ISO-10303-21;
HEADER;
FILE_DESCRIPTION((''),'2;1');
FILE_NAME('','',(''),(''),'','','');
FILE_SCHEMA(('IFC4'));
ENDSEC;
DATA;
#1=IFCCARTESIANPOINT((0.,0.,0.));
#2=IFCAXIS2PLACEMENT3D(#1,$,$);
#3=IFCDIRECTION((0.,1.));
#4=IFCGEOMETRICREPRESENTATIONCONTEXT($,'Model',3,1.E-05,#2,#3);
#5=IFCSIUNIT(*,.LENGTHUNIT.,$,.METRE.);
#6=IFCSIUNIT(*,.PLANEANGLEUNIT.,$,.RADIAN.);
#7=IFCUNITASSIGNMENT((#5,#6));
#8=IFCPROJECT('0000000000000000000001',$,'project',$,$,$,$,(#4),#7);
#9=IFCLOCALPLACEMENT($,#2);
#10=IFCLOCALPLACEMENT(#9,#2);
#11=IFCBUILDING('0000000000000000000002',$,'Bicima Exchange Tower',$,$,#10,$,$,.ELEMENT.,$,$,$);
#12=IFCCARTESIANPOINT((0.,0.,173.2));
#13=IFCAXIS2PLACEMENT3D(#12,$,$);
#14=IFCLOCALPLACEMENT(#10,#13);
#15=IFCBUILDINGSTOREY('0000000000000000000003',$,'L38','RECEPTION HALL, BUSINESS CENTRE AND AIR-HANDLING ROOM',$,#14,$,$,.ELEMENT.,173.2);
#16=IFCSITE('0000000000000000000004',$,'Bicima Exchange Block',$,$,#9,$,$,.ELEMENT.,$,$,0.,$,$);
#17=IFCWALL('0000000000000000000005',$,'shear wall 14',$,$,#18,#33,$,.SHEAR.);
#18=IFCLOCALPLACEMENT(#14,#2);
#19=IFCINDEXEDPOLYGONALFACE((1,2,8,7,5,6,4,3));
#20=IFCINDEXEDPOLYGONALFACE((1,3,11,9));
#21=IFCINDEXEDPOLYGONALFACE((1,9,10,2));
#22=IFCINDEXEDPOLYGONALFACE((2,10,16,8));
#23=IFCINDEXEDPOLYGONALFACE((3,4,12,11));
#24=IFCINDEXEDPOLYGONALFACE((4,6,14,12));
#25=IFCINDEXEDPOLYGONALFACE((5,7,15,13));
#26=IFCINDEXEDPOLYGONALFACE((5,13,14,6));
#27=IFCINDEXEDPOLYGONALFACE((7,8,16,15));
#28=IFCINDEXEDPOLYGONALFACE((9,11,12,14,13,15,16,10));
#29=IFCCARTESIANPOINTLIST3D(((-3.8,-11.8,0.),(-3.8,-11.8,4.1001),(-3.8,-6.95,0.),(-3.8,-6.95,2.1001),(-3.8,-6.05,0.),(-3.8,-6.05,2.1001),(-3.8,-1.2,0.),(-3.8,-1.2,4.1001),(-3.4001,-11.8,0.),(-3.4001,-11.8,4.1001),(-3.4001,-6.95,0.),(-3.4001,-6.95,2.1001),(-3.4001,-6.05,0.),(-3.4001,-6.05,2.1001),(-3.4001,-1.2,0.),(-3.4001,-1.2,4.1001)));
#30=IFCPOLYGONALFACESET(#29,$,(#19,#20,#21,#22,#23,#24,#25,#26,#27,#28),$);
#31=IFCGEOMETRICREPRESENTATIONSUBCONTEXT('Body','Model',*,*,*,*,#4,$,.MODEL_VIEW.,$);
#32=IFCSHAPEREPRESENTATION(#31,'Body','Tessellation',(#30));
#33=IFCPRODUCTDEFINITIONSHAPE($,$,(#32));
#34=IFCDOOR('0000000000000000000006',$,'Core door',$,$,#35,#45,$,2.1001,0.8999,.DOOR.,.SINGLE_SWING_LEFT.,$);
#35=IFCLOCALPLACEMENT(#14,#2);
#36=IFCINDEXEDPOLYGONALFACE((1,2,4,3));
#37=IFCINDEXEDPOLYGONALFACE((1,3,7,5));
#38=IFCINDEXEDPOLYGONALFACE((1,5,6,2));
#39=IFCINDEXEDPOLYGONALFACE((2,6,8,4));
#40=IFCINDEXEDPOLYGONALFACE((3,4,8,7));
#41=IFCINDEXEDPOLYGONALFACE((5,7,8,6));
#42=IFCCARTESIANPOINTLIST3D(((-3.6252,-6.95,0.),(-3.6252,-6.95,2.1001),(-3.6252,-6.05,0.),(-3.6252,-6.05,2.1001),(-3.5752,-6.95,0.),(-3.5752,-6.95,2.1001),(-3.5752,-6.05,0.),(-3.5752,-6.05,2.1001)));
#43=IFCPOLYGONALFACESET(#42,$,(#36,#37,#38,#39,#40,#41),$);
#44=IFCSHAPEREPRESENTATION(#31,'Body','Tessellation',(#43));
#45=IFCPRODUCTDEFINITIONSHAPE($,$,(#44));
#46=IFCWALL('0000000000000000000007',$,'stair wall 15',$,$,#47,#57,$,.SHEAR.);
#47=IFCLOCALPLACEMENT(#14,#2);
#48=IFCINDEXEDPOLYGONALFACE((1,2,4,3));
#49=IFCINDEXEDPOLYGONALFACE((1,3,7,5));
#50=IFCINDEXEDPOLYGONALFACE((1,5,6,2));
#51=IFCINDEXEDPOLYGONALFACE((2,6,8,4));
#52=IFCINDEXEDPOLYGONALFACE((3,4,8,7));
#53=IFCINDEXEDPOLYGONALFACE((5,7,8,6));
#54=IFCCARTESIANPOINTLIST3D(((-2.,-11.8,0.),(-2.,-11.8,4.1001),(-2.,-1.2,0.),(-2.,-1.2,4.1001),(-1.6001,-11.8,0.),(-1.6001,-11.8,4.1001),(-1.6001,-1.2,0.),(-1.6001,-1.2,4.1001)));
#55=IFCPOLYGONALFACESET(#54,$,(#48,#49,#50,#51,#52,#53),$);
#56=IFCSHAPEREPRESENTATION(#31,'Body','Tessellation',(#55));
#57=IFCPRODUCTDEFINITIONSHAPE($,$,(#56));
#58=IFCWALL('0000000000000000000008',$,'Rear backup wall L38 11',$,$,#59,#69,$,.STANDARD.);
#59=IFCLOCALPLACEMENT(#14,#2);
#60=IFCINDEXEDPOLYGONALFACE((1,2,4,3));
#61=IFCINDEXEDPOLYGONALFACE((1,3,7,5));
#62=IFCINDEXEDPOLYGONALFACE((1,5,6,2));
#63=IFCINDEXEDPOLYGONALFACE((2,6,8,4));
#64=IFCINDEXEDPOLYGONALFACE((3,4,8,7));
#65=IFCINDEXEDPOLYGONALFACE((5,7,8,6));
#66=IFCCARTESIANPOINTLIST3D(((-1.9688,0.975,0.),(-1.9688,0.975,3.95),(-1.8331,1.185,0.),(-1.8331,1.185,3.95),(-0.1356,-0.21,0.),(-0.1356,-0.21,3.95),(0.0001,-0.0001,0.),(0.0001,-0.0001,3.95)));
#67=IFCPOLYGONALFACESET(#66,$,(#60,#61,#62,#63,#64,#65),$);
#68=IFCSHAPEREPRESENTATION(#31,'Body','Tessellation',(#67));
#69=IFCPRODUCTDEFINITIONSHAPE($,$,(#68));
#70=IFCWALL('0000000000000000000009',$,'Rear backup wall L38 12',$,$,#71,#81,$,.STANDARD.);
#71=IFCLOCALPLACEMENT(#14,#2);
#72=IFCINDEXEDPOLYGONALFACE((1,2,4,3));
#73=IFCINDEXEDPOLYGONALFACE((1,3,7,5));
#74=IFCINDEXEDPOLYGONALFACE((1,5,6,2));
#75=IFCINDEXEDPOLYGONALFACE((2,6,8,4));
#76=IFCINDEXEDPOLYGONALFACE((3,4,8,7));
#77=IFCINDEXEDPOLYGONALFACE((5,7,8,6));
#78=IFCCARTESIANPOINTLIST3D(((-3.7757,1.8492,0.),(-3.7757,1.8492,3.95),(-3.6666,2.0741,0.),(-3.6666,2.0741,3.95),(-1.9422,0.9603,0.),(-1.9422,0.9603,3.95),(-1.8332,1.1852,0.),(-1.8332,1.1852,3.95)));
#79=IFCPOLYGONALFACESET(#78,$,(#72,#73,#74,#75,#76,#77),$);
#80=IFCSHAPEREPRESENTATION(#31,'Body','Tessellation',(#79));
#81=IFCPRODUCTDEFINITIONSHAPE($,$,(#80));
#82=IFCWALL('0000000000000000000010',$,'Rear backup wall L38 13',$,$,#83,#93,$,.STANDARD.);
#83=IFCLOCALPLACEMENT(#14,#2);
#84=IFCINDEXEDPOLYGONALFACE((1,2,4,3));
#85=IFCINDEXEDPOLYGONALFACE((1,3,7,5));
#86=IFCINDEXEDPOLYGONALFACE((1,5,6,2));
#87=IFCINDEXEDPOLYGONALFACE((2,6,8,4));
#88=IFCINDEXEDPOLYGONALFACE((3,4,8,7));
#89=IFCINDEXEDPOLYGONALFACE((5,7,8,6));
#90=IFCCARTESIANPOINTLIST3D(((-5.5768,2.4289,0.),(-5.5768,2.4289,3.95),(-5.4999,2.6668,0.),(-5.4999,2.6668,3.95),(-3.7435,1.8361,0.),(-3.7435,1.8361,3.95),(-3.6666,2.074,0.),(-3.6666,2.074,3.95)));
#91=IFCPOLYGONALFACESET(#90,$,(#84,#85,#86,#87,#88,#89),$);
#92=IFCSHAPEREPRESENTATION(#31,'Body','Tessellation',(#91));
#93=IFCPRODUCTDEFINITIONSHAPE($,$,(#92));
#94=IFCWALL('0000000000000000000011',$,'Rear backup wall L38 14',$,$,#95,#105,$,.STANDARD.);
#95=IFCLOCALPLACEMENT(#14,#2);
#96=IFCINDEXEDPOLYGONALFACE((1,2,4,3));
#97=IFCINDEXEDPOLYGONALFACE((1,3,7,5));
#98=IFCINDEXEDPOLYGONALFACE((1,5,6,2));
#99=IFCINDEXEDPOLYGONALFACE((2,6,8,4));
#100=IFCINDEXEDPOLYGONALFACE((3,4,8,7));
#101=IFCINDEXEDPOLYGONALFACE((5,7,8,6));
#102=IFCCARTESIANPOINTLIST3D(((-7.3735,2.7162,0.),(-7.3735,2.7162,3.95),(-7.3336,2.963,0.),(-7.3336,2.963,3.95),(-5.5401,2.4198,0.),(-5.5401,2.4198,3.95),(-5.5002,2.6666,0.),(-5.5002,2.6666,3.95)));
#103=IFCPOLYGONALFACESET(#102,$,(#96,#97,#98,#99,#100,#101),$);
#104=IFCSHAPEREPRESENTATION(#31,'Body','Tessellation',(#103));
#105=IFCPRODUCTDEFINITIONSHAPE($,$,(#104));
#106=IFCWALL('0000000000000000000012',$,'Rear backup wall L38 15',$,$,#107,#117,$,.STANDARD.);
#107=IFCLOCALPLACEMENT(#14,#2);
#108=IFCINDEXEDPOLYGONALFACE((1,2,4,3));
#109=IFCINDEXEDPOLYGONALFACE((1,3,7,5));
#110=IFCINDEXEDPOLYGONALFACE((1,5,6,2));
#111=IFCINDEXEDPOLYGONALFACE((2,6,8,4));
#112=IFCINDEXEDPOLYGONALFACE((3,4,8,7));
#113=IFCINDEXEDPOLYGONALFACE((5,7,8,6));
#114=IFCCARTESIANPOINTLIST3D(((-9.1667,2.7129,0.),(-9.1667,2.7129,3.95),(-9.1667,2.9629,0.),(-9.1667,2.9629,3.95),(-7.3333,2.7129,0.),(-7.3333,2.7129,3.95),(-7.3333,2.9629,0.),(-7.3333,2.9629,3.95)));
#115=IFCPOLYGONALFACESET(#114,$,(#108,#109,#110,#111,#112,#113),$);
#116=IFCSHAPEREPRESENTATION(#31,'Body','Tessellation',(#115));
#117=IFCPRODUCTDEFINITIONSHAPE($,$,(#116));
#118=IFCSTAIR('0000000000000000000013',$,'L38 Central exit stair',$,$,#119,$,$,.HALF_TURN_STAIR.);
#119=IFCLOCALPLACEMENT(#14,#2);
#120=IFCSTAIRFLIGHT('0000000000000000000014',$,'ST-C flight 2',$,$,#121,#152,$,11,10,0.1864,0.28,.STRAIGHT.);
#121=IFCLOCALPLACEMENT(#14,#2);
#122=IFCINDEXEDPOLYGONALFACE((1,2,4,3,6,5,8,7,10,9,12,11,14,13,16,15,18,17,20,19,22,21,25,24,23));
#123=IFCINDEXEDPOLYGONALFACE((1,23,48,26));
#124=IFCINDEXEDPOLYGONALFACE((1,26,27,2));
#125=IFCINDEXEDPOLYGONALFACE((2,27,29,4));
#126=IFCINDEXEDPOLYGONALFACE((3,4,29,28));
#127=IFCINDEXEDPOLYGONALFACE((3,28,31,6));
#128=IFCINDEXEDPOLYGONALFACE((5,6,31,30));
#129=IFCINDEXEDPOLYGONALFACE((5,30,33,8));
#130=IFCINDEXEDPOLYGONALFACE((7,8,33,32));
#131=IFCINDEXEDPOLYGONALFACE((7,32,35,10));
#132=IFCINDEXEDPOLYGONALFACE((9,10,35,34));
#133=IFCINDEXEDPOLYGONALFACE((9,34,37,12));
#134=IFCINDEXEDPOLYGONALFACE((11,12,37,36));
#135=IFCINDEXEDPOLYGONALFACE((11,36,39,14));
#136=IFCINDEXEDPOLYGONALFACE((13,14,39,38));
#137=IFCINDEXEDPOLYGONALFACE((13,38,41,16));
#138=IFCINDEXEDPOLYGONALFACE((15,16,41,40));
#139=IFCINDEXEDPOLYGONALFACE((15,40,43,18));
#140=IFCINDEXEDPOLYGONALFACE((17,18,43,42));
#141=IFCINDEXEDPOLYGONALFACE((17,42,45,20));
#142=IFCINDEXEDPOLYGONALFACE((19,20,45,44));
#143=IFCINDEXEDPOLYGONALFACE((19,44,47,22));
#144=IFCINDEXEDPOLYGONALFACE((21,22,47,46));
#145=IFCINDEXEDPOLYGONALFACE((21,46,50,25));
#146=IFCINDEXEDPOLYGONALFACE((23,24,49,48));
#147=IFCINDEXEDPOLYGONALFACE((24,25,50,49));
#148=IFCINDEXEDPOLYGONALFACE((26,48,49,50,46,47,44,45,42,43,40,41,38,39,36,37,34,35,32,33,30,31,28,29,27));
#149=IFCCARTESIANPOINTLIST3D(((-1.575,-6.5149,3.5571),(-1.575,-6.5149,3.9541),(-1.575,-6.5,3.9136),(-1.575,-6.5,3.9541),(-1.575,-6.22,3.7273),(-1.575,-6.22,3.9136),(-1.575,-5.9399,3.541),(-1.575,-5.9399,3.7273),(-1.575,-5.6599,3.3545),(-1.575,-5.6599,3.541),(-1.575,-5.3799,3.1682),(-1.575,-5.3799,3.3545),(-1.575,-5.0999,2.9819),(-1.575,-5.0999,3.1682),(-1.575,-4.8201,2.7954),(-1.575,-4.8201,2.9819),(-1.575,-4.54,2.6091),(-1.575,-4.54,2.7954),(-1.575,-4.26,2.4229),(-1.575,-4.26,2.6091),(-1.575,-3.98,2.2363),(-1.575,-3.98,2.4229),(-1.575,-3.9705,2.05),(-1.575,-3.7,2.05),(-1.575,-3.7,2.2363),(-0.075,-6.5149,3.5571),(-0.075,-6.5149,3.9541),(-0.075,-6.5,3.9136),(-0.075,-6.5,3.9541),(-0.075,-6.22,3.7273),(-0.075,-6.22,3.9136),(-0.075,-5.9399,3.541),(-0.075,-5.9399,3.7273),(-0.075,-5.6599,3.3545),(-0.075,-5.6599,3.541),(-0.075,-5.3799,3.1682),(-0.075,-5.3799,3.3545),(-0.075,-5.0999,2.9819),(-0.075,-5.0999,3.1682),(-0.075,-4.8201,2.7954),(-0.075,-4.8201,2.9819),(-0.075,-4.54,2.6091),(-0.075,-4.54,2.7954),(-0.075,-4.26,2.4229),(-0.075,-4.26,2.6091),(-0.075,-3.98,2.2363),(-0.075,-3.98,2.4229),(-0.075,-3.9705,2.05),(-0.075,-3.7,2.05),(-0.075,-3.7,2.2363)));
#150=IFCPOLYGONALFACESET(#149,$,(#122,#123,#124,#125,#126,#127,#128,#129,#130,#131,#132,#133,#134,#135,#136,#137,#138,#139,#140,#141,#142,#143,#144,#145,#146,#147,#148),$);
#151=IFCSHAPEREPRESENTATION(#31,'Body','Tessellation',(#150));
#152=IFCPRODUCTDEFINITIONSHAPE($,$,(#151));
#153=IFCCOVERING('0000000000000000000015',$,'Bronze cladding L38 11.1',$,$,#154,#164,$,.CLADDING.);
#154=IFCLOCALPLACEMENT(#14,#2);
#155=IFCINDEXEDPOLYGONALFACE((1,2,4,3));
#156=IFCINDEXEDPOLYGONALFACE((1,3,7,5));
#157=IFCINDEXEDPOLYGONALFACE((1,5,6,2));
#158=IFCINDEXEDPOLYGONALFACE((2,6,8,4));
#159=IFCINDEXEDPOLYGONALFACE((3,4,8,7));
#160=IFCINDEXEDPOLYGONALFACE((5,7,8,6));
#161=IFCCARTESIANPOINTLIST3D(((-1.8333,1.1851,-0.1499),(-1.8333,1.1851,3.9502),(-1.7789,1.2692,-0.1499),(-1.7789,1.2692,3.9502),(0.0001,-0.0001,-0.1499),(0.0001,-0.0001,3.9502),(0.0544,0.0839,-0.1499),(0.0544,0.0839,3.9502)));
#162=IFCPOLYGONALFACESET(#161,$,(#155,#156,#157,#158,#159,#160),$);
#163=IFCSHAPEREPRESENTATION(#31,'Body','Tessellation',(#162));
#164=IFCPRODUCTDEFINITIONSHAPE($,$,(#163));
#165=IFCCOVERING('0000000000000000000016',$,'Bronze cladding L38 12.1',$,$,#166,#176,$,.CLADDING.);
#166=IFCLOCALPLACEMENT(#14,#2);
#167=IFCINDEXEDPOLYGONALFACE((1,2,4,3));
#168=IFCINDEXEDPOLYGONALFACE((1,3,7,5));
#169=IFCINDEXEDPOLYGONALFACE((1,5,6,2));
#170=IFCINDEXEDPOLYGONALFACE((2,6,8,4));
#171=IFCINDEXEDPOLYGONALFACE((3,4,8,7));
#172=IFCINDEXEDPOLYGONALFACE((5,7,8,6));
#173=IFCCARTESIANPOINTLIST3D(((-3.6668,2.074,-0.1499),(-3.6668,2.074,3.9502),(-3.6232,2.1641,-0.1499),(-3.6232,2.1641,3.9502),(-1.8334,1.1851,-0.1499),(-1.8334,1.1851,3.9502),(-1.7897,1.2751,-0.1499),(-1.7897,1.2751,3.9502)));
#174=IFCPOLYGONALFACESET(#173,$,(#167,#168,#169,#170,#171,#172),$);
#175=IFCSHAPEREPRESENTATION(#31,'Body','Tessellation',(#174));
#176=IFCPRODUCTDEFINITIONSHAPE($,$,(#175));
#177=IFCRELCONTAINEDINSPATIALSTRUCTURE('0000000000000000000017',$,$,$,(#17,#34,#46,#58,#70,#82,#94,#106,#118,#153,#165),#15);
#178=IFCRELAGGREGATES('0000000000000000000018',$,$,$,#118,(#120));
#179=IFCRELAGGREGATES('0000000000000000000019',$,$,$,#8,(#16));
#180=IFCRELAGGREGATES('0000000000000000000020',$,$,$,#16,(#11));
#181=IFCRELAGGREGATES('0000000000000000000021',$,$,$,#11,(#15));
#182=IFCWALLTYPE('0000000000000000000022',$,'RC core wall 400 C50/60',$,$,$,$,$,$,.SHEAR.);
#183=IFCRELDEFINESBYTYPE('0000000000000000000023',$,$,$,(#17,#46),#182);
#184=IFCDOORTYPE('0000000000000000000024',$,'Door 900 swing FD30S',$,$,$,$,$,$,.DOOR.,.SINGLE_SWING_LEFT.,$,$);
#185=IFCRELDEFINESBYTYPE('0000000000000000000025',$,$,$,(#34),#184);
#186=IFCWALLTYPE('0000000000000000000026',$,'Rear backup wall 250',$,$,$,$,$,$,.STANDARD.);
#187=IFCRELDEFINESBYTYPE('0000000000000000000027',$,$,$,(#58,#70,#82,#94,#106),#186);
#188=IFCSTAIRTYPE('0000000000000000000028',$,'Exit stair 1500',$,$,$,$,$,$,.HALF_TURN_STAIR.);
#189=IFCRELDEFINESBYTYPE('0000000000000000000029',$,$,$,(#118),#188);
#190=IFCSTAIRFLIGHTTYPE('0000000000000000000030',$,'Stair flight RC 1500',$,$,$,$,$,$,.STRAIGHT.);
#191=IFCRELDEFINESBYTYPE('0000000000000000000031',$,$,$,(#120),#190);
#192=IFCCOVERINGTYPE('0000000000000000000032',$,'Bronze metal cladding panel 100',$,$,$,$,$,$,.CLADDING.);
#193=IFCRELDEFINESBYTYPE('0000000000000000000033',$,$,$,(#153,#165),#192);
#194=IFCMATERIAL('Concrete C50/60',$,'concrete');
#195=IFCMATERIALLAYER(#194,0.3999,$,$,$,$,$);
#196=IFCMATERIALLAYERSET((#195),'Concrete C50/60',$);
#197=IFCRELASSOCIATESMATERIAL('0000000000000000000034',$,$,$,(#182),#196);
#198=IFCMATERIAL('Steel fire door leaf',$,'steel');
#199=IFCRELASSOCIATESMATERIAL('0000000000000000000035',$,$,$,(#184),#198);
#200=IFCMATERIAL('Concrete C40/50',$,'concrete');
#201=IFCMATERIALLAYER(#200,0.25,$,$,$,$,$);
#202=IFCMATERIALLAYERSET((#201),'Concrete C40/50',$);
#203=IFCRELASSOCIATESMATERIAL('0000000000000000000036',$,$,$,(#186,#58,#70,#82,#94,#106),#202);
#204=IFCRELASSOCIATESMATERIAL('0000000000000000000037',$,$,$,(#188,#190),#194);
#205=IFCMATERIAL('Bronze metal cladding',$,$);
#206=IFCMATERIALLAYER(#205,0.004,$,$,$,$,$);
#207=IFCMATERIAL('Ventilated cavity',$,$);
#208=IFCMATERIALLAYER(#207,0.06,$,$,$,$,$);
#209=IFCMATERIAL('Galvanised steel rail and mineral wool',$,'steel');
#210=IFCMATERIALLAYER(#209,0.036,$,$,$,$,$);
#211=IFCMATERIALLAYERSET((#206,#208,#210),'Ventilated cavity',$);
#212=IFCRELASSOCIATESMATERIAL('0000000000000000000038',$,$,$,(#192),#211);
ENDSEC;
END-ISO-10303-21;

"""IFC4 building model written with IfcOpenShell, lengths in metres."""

from ifc_helpers import new_model, si_unit, direction, frame, frame_2d, origin, origin_2d, place, context, subcontext, project, spatial, polyline, rectangle, outline, extrude, material, layer, layer_set, layer_usage, type_object, element, fill, aggregate, save


model = new_model("IFC4")

# Units and contexts
model_context = context("Model", 3, precision=1e-05, world=origin(), true_north=direction((0.0, 1.0)))
body_context = subcontext(model_context, "Body", "Model", "MODEL_VIEW")
ifc_project = project(units=[si_unit("LENGTHUNIT", "METRE"), si_unit("PLANEANGLEUNIT", "RADIAN")], contexts=[model_context])

# Site, building, storey
site_placement = place(None, origin())
site = spatial("IfcSite", under=ifc_project, at=site_placement, Name="Bicima Exchange Block", CompositionType="ELEMENT", RefElevation=0.0)
building_placement = place(site_placement, origin())
building = spatial("IfcBuilding", under=site, at=building_placement, Name="Bicima Exchange Tower", CompositionType="ELEMENT")
storey_placement = place(building_placement, frame((0.0, 0.0, 173.2)))
storey = spatial("IfcBuildingStorey", under=building, at=storey_placement, Name="L38", Description="RECEPTION HALL, BUSINESS CENTRE AND AIR-HANDLING ROOM", CompositionType="ELEMENT", Elevation=173.2)

# Shared definitions
ifc_material_1 = material(Name="Concrete C40/50", Category="concrete")

# Shared definitions
ifc_material_2 = material(Name="Concrete C50/60", Category="concrete")
ifc_layer_1 = layer(ifc_material_2, 0.3999)
ifc_layer_set_1 = layer_set([ifc_layer_1], Name="Concrete C50/60")
wall_type_1 = type_object("IfcWallType", Name="RC core wall 400 C50/60", PredefinedType="SHEAR", material=ifc_layer_set_1)
ifc_material_3 = material(Name="Steel fire door leaf", Category="steel")

# Wall, opening, door
wall_1_placement = place(storey_placement, frame((-3.6001, -11.8, 0.0), z_axis=(0.0, 0.0, 1.0), x_axis=(0.0, 1.0, 0.0)))
wall_1 = element("IfcWall", 1, at=wall_1_placement, inside=storey, type_object=wall_type_1, Name="shear wall 14", PredefinedType="SHEAR", context=body_context, shape_type="SweptSolid", body=[
    extrude(rectangle(XDim=10.6001, YDim=0.3999, at=frame_2d((5.3, 0.0))), origin(), (0.0, 0.0, 1.0), 4.1001),
])
opening_1_placement = place(wall_1_placement, frame((4.8501, 0.0, 0.0)))
opening_1 = element("IfcOpeningElement", 2, at=opening_1_placement, cuts=wall_1, PredefinedType="OPENING", context=body_context, shape_type="SweptSolid", body=[
    extrude(rectangle(XDim=0.8999, YDim=2.1001, at=frame_2d((0.45, 1.05))), frame((0.0, 0.2119, 0.0), z_axis=(0.0, -1.0, 0.0), x_axis=(1.0, 0.0, 0.0)), (0.0, 0.0, 1.0), 0.4238),
])
door_type_1 = type_object("IfcDoorType", Name="Door 900 swing FD30S", OperationType="SINGLE_SWING_LEFT", PredefinedType="DOOR", material=ifc_material_3)
door_1_placement = place(opening_1_placement, frame((0.8999, 0.0, 0.0), z_axis=(0.0, 0.0, 1.0), x_axis=(-1.0, 0.0, 0.0)))
door_1 = element("IfcDoor", 3, at=door_1_placement, inside=storey, type_object=door_type_1, Name="Core door", OperationType="SINGLE_SWING_LEFT", OverallHeight=2.1001, OverallWidth=0.8999, PredefinedType="DOOR", context=body_context, shape_type="SweptSolid", body=[
    extrude(rectangle(XDim=0.8999, YDim=2.1001, at=frame_2d((0.45, 1.05))), frame((0.0, 0.0249, 0.0), z_axis=(0.0, -1.0, 0.0), x_axis=(1.0, 0.0, 0.0)), (0.0, 0.0, 1.0), 0.05),
])
fill(opening_1, door_1)

# Walls
wall_2_placement = place(storey_placement, frame((-1.8, -11.8, 0.0), z_axis=(0.0, 0.0, 1.0), x_axis=(0.0, 1.0, 0.0)))
element("IfcWall", 4, at=wall_2_placement, inside=storey, type_object=wall_type_1, Name="stair wall 15", PredefinedType="SHEAR", context=body_context, shape_type="SweptSolid", body=[
    extrude(rectangle(XDim=10.6001, YDim=0.3999, at=frame_2d((5.3, 0.0))), origin(), (0.0, 0.0, 1.0), 4.1001),
])
ifc_layer_2 = layer(ifc_material_1, 0.25)
ifc_layer_set_2 = layer_set([ifc_layer_2], Name="Concrete C40/50")
ifc_layer_usage = layer_usage(ifc_layer_set_2, "AXIS2", "POSITIVE", -0.125)
wall_type_2 = type_object("IfcWallType", Name="Rear backup wall 250", PredefinedType="STANDARD", material=ifc_layer_set_2)
wall_3_placement = place(storey_placement, frame((-0.0679, -0.105, 0.0), z_axis=(0.0, 0.0, 1.0), x_axis=(-0.839813, 0.542876, 0.0)))
element("IfcWall", 5, at=wall_3_placement, inside=storey, type_object=wall_type_2, material=ifc_layer_usage, Name="Rear backup wall L38 11", PredefinedType="STANDARD", context=body_context, shape_type="SweptSolid", body=[
    extrude(rectangle(XDim=2.1829, YDim=0.25, at=frame_2d((1.0913, 0.0))), origin(), (0.0, 0.0, 1.0), 3.95),
])
wall_4_placement = place(storey_placement, frame((-1.8877, 1.0728, 0.0), z_axis=(0.0, 0.0, 1.0), x_axis=(-0.899824, 0.436253, 0.0)))
element("IfcWall", 6, at=wall_4_placement, inside=storey, type_object=wall_type_2, material=ifc_layer_usage, Name="Rear backup wall L38 12", PredefinedType="STANDARD", context=body_context, shape_type="SweptSolid", body=[
    extrude(rectangle(XDim=2.0376, YDim=0.25, at=frame_2d((1.0188, 0.0))), origin(), (0.0, 0.0, 1.0), 3.95),
])
wall_5_placement = place(storey_placement, frame((-3.7051, 1.9551, 0.0), z_axis=(0.0, 0.0, 1.0), x_axis=(-0.951496, 0.307662, 0.0)))
element("IfcWall", 7, at=wall_5_placement, inside=storey, type_object=wall_type_2, material=ifc_layer_usage, Name="Rear backup wall L38 13", PredefinedType="STANDARD", context=body_context, shape_type="SweptSolid", body=[
    extrude(rectangle(XDim=1.9268, YDim=0.25, at=frame_2d((0.9634, 0.0))), origin(), (0.0, 0.0, 1.0), 3.95),
])
wall_6_placement = place(storey_placement, frame((-5.52, 2.5432, 0.0), z_axis=(0.0, 0.0, 1.0), x_axis=(-0.987182, 0.1596, 0.0)))
element("IfcWall", 8, at=wall_6_placement, inside=storey, type_object=wall_type_2, material=ifc_layer_usage, Name="Rear backup wall L38 14", PredefinedType="STANDARD", context=body_context, shape_type="SweptSolid", body=[
    extrude(rectangle(XDim=1.8572, YDim=0.25, at=frame_2d((0.9287, 0.0))), origin(), (0.0, 0.0, 1.0), 3.95),
])
wall_7_placement = place(storey_placement, frame((-7.3333, 2.8379, 0.0), z_axis=(0.0, 0.0, 1.0), x_axis=(-1.0, 0.0, 0.0)))
element("IfcWall", 9, at=wall_7_placement, inside=storey, type_object=wall_type_2, material=ifc_layer_usage, Name="Rear backup wall L38 15", PredefinedType="STANDARD", context=body_context, shape_type="SweptSolid", body=[
    extrude(rectangle(XDim=1.8335, YDim=0.25, at=frame_2d((0.9167, 0.0))), origin(), (0.0, 0.0, 1.0), 3.95),
])

# Stair, stair flight
stair_type = type_object("IfcStairType", Name="Exit stair 1500", PredefinedType="HALF_TURN_STAIR", material=ifc_material_2)
stair_placement = place(storey_placement, origin())
stair = element("IfcStair", 10, at=stair_placement, inside=storey, type_object=stair_type, Name="L38 Central exit stair", PredefinedType="HALF_TURN_STAIR")
stair_flight_type = type_object("IfcStairFlightType", Name="Stair flight RC 1500", PredefinedType="STRAIGHT", material=ifc_material_2)
stair_flight_placement = place(storey_placement, frame((-0.825, -3.7, 2.05), z_axis=(0.0, 0.0, 1.0), x_axis=(0.0, -1.0, 0.0)))
stair_flight = element("IfcStairFlight", 11, at=stair_flight_placement, type_object=stair_flight_type, Name="ST-C flight 2", NumberOfRisers=11, NumberOfTreads=10, PredefinedType="STRAIGHT", RiserHeight=0.1864, TreadLength=0.28, context=body_context, shape_type="SweptSolid", body=[
    extrude(outline(polyline([(0.0, 0.0), (0.0, 0.1863), (0.28, 0.1863), (0.28, 0.3728), (0.5601, 0.3728), (0.5601, 0.5591), (0.8401, 0.5591), (0.8401, 0.7454), (1.1201, 0.7454), (1.1201, 0.9319), (1.3999, 0.9319), (1.3999, 1.1182), (1.6799, 1.1182), (1.6799, 1.3044), (1.96, 1.3044), (1.96, 1.491), (2.24, 1.491), (2.24, 1.6772), (2.52, 1.6772), (2.52, 1.8635), (2.8, 1.8635), (2.8, 1.9041), (2.8149, 1.9041), (2.8149, 1.5071), (0.2705, 0.0), (0.0, 0.0)])), frame((0.0, 0.75, 0.0), z_axis=(0.0, -1.0, 0.0), x_axis=(1.0, 0.0, 0.0)), (0.0, 0.0, 1.0), 1.5),
])
aggregate(stair, [stair_flight])

# Coverings
ifc_material_4 = material(Name="Bronze metal cladding")
ifc_layer_3 = layer(ifc_material_4, 0.004)
ifc_material_5 = material(Name="Ventilated cavity")
ifc_layer_4 = layer(ifc_material_5, 0.06)
ifc_material_6 = material(Name="Galvanised steel rail and mineral wool", Category="steel")
ifc_layer_5 = layer(ifc_material_6, 0.036)
ifc_layer_set_3 = layer_set([ifc_layer_3, ifc_layer_4, ifc_layer_5], Name="Ventilated cavity")
covering_type = type_object("IfcCoveringType", Name="Bronze metal cladding panel 100", PredefinedType="CLADDING", material=ifc_layer_set_3)
covering_1_placement = place(storey_placement, frame((-0.8894, 0.6345, -0.1499), z_axis=(0.0, 0.0, 1.0), x_axis=(-0.83979, 0.542911, 0.0)))
element("IfcCovering", 12, at=covering_1_placement, inside=storey, type_object=covering_type, Name="Bronze cladding L38 11.1", PredefinedType="CLADDING", context=body_context, shape_type="SweptSolid", body=[
    extrude(rectangle(XDim=2.1831, YDim=0.1001, at=origin_2d()), origin(), (0.0, 0.0, 1.0), 4.1001),
])
covering_2_placement = place(storey_placement, frame((-2.7283, 1.6746, -0.1499), z_axis=(0.0, 0.0, 1.0), x_axis=(-0.899818, 0.436265, 0.0)))
element("IfcCovering", 13, at=covering_2_placement, inside=storey, type_object=covering_type, Name="Bronze cladding L38 12.1", PredefinedType="CLADDING", context=body_context, shape_type="SweptSolid", body=[
    extrude(rectangle(XDim=2.0376, YDim=0.1001, at=origin_2d()), origin(), (0.0, 0.0, 1.0), 4.1001),
])

save(model, "model.ifc")
